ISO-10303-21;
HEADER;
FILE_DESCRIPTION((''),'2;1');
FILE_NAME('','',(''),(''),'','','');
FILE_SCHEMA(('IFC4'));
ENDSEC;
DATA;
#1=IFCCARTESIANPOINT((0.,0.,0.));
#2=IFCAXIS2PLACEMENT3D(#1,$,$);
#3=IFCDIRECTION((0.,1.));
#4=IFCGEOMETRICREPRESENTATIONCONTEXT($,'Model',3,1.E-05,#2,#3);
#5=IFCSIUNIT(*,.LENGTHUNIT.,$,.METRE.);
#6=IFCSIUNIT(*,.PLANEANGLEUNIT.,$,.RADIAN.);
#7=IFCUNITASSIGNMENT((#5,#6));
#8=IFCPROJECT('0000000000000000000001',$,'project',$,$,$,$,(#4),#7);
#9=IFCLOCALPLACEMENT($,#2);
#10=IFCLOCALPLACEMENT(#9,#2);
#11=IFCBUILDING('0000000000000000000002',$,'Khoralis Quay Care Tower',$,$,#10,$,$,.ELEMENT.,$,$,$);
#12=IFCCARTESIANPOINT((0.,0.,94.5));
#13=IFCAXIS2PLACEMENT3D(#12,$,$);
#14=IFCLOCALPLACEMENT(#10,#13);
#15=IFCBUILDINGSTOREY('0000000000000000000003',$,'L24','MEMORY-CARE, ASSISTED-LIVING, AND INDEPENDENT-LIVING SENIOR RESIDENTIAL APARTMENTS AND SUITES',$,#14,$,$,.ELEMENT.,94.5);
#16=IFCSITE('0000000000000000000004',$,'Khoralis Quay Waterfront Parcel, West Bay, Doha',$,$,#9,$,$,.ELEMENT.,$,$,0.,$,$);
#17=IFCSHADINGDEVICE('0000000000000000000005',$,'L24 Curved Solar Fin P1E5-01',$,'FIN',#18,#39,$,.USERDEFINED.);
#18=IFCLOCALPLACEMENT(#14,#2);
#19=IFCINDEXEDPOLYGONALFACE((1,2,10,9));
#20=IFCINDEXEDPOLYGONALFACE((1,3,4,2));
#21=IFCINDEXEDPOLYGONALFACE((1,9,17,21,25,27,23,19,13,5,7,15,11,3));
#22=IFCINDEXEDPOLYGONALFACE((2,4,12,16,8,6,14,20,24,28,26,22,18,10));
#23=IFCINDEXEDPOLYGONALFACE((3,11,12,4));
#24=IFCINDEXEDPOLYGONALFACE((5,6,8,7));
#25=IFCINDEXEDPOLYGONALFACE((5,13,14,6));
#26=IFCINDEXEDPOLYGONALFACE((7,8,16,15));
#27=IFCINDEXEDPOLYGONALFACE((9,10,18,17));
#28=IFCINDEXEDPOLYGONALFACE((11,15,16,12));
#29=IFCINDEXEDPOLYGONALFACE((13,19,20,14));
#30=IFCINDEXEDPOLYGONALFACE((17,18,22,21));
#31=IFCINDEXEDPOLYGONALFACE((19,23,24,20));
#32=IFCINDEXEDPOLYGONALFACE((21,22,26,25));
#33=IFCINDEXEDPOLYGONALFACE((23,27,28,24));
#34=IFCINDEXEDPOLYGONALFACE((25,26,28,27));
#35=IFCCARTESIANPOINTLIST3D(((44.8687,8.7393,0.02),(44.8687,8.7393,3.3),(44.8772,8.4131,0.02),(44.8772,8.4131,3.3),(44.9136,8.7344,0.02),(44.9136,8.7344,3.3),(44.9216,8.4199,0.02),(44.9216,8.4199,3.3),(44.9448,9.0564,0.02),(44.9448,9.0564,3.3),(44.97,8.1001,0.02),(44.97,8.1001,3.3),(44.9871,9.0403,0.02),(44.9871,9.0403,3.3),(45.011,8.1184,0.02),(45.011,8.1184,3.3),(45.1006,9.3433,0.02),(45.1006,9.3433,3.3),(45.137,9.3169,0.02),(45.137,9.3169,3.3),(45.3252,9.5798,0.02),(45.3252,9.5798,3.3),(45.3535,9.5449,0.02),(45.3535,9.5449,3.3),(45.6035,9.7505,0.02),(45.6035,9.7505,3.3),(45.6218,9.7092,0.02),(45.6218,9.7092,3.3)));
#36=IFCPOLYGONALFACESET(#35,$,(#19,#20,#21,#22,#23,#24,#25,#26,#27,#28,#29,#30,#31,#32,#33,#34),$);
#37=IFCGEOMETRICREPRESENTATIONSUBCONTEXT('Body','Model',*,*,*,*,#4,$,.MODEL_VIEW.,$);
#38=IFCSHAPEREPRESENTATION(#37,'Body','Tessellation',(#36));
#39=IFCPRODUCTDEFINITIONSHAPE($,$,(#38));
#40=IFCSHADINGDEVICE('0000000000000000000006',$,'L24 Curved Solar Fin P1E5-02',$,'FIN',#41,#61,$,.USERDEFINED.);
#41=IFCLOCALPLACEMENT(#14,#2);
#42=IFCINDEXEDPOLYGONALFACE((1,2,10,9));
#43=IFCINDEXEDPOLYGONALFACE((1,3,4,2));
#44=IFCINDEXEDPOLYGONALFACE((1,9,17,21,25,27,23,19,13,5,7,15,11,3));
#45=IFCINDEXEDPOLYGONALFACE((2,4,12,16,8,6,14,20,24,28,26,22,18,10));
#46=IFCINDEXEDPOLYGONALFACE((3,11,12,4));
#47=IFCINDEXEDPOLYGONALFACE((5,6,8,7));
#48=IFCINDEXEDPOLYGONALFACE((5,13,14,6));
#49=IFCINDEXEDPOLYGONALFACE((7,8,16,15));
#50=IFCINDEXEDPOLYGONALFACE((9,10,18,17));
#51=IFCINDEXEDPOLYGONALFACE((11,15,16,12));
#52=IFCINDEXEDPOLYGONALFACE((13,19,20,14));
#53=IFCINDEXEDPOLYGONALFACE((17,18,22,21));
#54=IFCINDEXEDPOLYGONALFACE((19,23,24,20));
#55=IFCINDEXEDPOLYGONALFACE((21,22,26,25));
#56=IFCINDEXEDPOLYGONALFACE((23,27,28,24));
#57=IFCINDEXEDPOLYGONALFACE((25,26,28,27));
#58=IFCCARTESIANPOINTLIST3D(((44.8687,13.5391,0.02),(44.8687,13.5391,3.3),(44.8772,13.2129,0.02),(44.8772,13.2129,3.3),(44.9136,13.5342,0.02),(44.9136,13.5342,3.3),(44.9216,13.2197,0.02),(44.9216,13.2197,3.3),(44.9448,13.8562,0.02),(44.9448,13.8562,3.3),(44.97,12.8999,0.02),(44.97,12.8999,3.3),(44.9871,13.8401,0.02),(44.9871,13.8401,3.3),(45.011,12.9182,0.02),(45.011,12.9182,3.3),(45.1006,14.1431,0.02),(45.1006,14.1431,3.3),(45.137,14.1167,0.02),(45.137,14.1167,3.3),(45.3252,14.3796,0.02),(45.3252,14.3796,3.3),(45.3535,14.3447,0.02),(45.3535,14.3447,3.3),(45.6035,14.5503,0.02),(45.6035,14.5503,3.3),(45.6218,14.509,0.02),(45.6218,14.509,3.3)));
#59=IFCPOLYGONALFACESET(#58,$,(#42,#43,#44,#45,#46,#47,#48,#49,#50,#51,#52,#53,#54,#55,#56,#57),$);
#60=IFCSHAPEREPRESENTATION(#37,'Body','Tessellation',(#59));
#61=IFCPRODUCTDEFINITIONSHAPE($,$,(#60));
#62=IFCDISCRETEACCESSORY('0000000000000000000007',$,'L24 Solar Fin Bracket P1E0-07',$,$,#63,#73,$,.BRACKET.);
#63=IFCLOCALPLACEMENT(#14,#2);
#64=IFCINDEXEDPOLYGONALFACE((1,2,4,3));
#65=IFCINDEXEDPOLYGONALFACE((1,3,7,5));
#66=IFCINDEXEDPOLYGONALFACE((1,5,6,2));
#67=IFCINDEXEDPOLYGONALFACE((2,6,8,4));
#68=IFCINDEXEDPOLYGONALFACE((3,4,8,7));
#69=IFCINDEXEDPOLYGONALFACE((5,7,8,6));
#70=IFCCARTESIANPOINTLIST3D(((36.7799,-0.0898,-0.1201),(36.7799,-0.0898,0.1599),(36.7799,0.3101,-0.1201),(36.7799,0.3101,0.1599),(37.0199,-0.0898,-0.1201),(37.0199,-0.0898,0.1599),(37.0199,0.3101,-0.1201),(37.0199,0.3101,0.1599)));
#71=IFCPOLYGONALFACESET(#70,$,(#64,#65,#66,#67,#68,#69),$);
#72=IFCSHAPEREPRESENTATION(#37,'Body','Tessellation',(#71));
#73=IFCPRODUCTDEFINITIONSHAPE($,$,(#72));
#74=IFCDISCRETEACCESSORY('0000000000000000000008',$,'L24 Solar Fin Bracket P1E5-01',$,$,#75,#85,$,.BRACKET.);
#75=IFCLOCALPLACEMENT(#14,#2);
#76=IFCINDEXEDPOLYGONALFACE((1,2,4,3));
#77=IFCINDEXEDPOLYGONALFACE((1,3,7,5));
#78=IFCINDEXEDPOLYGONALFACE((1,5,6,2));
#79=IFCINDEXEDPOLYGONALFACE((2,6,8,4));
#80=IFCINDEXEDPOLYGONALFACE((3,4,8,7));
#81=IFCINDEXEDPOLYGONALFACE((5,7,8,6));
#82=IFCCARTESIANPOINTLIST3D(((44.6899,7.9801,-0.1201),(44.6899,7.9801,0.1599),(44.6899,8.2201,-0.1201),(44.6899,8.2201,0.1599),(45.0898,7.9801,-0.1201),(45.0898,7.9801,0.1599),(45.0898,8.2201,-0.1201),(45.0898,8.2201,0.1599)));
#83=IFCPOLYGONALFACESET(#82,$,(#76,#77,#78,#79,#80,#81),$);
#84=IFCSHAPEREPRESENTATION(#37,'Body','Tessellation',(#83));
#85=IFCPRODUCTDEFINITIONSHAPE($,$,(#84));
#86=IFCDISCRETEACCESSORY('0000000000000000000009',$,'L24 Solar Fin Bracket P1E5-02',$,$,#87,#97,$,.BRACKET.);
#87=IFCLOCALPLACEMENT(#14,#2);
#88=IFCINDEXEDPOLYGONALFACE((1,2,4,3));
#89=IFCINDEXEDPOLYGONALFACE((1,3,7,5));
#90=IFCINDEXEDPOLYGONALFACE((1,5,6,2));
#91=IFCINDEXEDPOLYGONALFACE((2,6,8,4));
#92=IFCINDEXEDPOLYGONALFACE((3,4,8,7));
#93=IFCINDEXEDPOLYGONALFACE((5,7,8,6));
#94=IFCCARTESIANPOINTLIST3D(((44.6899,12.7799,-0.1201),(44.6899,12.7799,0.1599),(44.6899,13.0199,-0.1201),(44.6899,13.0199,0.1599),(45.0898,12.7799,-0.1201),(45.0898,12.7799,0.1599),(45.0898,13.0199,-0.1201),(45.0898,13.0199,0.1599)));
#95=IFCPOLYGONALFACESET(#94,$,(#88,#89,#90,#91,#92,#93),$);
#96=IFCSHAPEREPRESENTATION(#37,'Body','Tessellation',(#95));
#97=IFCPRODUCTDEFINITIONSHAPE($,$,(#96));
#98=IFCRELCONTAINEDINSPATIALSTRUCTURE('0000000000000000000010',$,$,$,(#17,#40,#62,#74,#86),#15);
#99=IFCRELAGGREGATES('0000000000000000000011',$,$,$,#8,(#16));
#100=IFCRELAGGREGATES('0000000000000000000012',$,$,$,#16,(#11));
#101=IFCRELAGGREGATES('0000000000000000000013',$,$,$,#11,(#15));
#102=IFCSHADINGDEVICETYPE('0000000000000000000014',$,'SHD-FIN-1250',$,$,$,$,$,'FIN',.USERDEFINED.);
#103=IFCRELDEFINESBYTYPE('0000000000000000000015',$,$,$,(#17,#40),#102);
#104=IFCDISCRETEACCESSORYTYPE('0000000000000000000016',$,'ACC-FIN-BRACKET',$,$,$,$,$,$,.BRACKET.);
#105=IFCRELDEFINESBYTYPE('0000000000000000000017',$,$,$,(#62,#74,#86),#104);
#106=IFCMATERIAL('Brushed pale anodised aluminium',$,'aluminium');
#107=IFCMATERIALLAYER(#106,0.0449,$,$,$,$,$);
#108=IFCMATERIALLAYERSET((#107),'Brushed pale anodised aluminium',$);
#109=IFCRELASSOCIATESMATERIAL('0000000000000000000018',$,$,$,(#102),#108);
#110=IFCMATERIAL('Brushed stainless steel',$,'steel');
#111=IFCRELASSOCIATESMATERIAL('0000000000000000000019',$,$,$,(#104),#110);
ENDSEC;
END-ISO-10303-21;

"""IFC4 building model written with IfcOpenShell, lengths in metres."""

from ifc_helpers import new_model, si_unit, direction, frame, origin, origin_2d, place, context, subcontext, project, spatial, polyline, rectangle, outline, extrude, source, transform, mapped, material, layer, layer_set, type_object, element, save


model = new_model("IFC4")

# Units and contexts
model_context = context("Model", 3, precision=1e-05, world=origin(), true_north=direction((0.0, 1.0)))
body_context = subcontext(model_context, "Body", "Model", "MODEL_VIEW")
ifc_project = project(units=[si_unit("LENGTHUNIT", "METRE"), si_unit("PLANEANGLEUNIT", "RADIAN")], contexts=[model_context])

# Site, building, storey
site_placement = place(None, origin())
site = spatial("IfcSite", under=ifc_project, at=site_placement, Name="Khoralis Quay Waterfront Parcel, West Bay, Doha", CompositionType="ELEMENT", RefElevation=0.0)
building_placement = place(site_placement, origin())
building = spatial("IfcBuilding", under=site, at=building_placement, Name="Khoralis Quay Care Tower", CompositionType="ELEMENT")
storey_placement = place(building_placement, frame((0.0, 0.0, 94.5)))
storey = spatial("IfcBuildingStorey", under=building, at=storey_placement, Name="L24", Description="MEMORY-CARE, ASSISTED-LIVING, AND INDEPENDENT-LIVING SENIOR RESIDENTIAL APARTMENTS AND SUITES", CompositionType="ELEMENT", Elevation=94.5)

# Shading devices
ifc_material_1 = material(Name="Brushed pale anodised aluminium", Category="aluminium")
ifc_layer_1 = layer(ifc_material_1, 0.0449)
ifc_layer_set_1 = layer_set([ifc_layer_1], Name="Brushed pale anodised aluminium")
shading_device_type = type_object("IfcShadingDeviceType", Name="SHD-FIN-1250", ElementType="FIN", PredefinedType="USERDEFINED", material=ifc_layer_set_1)
shared_shape_1 = source(origin(), body_context, "Body", "SweptSolid", [
    extrude(outline(polyline([(0.0, 0.0), (-0.0928, 0.313), (-0.1013, 0.6392), (-0.0251, 0.9563), (0.1306, 1.2432), (0.3552, 1.4797), (0.6335, 1.6504), (0.6519, 1.6091), (0.3835, 1.4448), (0.167, 1.2168), (0.0171, 0.9402), (-0.0564, 0.6343), (-0.0483, 0.3198), (0.041, 0.0183), (0.0, 0.0)])), origin(), (0.0, 0.0, 1.0), 3.28),
])
for number, where, z_axis, x_axis, name in (
    (1, (44.97, 8.1001, 0.02), (0.0, 0.0, 1.0), (1.0, 0.0, 0.0), "L24 Curved Solar Fin P1E5-01"),
    (2, (44.97, 12.8999, 0.02), (0.0, 0.0, 1.0), (1.0, 0.0, 0.0), "L24 Curved Solar Fin P1E5-02"),
):
    element("IfcShadingDevice", number, at=place(storey_placement, frame(where, z_axis=z_axis, x_axis=x_axis)), inside=storey, type_object=shading_device_type, Name=name, ObjectType="FIN", PredefinedType="USERDEFINED", context=body_context, shape_type="MappedRepresentation", body=[
        mapped(shared_shape_1, transform((0.0, 0.0, 0.0), scale=1.0)),
    ])

# Discrete accessories
ifc_material_2 = material(Name="Brushed stainless steel", Category="steel")
discrete_accessory_type = type_object("IfcDiscreteAccessoryType", Name="ACC-FIN-BRACKET", PredefinedType="BRACKET", material=ifc_material_2)
shared_shape_2 = source(origin(), body_context, "Body", "SweptSolid", [
    extrude(rectangle(XDim=0.3999, YDim=0.24, at=origin_2d()), origin(), (0.0, 0.0, 1.0), 0.28),
])
for number, where, z_axis, x_axis, name in (
    (3, (36.8999, 0.1101, -0.1201), (0.0, 0.0, 1.0), (0.0, -1.0, 0.0), "L24 Solar Fin Bracket P1E0-07"),
    (4, (44.8899, 8.1001, -0.1201), (0.0, 0.0, 1.0), (1.0, 0.0, 0.0), "L24 Solar Fin Bracket P1E5-01"),
    (5, (44.8899, 12.8999, -0.1201), (0.0, 0.0, 1.0), (1.0, 0.0, 0.0), "L24 Solar Fin Bracket P1E5-02"),
):
    element("IfcDiscreteAccessory", number, at=place(storey_placement, frame(where, z_axis=z_axis, x_axis=x_axis)), inside=storey, type_object=discrete_accessory_type, Name=name, PredefinedType="BRACKET", context=body_context, shape_type="MappedRepresentation", body=[
        mapped(shared_shape_2, transform((0.0, 0.0, 0.0), scale=1.0)),
    ])

save(model, "model.ifc")
